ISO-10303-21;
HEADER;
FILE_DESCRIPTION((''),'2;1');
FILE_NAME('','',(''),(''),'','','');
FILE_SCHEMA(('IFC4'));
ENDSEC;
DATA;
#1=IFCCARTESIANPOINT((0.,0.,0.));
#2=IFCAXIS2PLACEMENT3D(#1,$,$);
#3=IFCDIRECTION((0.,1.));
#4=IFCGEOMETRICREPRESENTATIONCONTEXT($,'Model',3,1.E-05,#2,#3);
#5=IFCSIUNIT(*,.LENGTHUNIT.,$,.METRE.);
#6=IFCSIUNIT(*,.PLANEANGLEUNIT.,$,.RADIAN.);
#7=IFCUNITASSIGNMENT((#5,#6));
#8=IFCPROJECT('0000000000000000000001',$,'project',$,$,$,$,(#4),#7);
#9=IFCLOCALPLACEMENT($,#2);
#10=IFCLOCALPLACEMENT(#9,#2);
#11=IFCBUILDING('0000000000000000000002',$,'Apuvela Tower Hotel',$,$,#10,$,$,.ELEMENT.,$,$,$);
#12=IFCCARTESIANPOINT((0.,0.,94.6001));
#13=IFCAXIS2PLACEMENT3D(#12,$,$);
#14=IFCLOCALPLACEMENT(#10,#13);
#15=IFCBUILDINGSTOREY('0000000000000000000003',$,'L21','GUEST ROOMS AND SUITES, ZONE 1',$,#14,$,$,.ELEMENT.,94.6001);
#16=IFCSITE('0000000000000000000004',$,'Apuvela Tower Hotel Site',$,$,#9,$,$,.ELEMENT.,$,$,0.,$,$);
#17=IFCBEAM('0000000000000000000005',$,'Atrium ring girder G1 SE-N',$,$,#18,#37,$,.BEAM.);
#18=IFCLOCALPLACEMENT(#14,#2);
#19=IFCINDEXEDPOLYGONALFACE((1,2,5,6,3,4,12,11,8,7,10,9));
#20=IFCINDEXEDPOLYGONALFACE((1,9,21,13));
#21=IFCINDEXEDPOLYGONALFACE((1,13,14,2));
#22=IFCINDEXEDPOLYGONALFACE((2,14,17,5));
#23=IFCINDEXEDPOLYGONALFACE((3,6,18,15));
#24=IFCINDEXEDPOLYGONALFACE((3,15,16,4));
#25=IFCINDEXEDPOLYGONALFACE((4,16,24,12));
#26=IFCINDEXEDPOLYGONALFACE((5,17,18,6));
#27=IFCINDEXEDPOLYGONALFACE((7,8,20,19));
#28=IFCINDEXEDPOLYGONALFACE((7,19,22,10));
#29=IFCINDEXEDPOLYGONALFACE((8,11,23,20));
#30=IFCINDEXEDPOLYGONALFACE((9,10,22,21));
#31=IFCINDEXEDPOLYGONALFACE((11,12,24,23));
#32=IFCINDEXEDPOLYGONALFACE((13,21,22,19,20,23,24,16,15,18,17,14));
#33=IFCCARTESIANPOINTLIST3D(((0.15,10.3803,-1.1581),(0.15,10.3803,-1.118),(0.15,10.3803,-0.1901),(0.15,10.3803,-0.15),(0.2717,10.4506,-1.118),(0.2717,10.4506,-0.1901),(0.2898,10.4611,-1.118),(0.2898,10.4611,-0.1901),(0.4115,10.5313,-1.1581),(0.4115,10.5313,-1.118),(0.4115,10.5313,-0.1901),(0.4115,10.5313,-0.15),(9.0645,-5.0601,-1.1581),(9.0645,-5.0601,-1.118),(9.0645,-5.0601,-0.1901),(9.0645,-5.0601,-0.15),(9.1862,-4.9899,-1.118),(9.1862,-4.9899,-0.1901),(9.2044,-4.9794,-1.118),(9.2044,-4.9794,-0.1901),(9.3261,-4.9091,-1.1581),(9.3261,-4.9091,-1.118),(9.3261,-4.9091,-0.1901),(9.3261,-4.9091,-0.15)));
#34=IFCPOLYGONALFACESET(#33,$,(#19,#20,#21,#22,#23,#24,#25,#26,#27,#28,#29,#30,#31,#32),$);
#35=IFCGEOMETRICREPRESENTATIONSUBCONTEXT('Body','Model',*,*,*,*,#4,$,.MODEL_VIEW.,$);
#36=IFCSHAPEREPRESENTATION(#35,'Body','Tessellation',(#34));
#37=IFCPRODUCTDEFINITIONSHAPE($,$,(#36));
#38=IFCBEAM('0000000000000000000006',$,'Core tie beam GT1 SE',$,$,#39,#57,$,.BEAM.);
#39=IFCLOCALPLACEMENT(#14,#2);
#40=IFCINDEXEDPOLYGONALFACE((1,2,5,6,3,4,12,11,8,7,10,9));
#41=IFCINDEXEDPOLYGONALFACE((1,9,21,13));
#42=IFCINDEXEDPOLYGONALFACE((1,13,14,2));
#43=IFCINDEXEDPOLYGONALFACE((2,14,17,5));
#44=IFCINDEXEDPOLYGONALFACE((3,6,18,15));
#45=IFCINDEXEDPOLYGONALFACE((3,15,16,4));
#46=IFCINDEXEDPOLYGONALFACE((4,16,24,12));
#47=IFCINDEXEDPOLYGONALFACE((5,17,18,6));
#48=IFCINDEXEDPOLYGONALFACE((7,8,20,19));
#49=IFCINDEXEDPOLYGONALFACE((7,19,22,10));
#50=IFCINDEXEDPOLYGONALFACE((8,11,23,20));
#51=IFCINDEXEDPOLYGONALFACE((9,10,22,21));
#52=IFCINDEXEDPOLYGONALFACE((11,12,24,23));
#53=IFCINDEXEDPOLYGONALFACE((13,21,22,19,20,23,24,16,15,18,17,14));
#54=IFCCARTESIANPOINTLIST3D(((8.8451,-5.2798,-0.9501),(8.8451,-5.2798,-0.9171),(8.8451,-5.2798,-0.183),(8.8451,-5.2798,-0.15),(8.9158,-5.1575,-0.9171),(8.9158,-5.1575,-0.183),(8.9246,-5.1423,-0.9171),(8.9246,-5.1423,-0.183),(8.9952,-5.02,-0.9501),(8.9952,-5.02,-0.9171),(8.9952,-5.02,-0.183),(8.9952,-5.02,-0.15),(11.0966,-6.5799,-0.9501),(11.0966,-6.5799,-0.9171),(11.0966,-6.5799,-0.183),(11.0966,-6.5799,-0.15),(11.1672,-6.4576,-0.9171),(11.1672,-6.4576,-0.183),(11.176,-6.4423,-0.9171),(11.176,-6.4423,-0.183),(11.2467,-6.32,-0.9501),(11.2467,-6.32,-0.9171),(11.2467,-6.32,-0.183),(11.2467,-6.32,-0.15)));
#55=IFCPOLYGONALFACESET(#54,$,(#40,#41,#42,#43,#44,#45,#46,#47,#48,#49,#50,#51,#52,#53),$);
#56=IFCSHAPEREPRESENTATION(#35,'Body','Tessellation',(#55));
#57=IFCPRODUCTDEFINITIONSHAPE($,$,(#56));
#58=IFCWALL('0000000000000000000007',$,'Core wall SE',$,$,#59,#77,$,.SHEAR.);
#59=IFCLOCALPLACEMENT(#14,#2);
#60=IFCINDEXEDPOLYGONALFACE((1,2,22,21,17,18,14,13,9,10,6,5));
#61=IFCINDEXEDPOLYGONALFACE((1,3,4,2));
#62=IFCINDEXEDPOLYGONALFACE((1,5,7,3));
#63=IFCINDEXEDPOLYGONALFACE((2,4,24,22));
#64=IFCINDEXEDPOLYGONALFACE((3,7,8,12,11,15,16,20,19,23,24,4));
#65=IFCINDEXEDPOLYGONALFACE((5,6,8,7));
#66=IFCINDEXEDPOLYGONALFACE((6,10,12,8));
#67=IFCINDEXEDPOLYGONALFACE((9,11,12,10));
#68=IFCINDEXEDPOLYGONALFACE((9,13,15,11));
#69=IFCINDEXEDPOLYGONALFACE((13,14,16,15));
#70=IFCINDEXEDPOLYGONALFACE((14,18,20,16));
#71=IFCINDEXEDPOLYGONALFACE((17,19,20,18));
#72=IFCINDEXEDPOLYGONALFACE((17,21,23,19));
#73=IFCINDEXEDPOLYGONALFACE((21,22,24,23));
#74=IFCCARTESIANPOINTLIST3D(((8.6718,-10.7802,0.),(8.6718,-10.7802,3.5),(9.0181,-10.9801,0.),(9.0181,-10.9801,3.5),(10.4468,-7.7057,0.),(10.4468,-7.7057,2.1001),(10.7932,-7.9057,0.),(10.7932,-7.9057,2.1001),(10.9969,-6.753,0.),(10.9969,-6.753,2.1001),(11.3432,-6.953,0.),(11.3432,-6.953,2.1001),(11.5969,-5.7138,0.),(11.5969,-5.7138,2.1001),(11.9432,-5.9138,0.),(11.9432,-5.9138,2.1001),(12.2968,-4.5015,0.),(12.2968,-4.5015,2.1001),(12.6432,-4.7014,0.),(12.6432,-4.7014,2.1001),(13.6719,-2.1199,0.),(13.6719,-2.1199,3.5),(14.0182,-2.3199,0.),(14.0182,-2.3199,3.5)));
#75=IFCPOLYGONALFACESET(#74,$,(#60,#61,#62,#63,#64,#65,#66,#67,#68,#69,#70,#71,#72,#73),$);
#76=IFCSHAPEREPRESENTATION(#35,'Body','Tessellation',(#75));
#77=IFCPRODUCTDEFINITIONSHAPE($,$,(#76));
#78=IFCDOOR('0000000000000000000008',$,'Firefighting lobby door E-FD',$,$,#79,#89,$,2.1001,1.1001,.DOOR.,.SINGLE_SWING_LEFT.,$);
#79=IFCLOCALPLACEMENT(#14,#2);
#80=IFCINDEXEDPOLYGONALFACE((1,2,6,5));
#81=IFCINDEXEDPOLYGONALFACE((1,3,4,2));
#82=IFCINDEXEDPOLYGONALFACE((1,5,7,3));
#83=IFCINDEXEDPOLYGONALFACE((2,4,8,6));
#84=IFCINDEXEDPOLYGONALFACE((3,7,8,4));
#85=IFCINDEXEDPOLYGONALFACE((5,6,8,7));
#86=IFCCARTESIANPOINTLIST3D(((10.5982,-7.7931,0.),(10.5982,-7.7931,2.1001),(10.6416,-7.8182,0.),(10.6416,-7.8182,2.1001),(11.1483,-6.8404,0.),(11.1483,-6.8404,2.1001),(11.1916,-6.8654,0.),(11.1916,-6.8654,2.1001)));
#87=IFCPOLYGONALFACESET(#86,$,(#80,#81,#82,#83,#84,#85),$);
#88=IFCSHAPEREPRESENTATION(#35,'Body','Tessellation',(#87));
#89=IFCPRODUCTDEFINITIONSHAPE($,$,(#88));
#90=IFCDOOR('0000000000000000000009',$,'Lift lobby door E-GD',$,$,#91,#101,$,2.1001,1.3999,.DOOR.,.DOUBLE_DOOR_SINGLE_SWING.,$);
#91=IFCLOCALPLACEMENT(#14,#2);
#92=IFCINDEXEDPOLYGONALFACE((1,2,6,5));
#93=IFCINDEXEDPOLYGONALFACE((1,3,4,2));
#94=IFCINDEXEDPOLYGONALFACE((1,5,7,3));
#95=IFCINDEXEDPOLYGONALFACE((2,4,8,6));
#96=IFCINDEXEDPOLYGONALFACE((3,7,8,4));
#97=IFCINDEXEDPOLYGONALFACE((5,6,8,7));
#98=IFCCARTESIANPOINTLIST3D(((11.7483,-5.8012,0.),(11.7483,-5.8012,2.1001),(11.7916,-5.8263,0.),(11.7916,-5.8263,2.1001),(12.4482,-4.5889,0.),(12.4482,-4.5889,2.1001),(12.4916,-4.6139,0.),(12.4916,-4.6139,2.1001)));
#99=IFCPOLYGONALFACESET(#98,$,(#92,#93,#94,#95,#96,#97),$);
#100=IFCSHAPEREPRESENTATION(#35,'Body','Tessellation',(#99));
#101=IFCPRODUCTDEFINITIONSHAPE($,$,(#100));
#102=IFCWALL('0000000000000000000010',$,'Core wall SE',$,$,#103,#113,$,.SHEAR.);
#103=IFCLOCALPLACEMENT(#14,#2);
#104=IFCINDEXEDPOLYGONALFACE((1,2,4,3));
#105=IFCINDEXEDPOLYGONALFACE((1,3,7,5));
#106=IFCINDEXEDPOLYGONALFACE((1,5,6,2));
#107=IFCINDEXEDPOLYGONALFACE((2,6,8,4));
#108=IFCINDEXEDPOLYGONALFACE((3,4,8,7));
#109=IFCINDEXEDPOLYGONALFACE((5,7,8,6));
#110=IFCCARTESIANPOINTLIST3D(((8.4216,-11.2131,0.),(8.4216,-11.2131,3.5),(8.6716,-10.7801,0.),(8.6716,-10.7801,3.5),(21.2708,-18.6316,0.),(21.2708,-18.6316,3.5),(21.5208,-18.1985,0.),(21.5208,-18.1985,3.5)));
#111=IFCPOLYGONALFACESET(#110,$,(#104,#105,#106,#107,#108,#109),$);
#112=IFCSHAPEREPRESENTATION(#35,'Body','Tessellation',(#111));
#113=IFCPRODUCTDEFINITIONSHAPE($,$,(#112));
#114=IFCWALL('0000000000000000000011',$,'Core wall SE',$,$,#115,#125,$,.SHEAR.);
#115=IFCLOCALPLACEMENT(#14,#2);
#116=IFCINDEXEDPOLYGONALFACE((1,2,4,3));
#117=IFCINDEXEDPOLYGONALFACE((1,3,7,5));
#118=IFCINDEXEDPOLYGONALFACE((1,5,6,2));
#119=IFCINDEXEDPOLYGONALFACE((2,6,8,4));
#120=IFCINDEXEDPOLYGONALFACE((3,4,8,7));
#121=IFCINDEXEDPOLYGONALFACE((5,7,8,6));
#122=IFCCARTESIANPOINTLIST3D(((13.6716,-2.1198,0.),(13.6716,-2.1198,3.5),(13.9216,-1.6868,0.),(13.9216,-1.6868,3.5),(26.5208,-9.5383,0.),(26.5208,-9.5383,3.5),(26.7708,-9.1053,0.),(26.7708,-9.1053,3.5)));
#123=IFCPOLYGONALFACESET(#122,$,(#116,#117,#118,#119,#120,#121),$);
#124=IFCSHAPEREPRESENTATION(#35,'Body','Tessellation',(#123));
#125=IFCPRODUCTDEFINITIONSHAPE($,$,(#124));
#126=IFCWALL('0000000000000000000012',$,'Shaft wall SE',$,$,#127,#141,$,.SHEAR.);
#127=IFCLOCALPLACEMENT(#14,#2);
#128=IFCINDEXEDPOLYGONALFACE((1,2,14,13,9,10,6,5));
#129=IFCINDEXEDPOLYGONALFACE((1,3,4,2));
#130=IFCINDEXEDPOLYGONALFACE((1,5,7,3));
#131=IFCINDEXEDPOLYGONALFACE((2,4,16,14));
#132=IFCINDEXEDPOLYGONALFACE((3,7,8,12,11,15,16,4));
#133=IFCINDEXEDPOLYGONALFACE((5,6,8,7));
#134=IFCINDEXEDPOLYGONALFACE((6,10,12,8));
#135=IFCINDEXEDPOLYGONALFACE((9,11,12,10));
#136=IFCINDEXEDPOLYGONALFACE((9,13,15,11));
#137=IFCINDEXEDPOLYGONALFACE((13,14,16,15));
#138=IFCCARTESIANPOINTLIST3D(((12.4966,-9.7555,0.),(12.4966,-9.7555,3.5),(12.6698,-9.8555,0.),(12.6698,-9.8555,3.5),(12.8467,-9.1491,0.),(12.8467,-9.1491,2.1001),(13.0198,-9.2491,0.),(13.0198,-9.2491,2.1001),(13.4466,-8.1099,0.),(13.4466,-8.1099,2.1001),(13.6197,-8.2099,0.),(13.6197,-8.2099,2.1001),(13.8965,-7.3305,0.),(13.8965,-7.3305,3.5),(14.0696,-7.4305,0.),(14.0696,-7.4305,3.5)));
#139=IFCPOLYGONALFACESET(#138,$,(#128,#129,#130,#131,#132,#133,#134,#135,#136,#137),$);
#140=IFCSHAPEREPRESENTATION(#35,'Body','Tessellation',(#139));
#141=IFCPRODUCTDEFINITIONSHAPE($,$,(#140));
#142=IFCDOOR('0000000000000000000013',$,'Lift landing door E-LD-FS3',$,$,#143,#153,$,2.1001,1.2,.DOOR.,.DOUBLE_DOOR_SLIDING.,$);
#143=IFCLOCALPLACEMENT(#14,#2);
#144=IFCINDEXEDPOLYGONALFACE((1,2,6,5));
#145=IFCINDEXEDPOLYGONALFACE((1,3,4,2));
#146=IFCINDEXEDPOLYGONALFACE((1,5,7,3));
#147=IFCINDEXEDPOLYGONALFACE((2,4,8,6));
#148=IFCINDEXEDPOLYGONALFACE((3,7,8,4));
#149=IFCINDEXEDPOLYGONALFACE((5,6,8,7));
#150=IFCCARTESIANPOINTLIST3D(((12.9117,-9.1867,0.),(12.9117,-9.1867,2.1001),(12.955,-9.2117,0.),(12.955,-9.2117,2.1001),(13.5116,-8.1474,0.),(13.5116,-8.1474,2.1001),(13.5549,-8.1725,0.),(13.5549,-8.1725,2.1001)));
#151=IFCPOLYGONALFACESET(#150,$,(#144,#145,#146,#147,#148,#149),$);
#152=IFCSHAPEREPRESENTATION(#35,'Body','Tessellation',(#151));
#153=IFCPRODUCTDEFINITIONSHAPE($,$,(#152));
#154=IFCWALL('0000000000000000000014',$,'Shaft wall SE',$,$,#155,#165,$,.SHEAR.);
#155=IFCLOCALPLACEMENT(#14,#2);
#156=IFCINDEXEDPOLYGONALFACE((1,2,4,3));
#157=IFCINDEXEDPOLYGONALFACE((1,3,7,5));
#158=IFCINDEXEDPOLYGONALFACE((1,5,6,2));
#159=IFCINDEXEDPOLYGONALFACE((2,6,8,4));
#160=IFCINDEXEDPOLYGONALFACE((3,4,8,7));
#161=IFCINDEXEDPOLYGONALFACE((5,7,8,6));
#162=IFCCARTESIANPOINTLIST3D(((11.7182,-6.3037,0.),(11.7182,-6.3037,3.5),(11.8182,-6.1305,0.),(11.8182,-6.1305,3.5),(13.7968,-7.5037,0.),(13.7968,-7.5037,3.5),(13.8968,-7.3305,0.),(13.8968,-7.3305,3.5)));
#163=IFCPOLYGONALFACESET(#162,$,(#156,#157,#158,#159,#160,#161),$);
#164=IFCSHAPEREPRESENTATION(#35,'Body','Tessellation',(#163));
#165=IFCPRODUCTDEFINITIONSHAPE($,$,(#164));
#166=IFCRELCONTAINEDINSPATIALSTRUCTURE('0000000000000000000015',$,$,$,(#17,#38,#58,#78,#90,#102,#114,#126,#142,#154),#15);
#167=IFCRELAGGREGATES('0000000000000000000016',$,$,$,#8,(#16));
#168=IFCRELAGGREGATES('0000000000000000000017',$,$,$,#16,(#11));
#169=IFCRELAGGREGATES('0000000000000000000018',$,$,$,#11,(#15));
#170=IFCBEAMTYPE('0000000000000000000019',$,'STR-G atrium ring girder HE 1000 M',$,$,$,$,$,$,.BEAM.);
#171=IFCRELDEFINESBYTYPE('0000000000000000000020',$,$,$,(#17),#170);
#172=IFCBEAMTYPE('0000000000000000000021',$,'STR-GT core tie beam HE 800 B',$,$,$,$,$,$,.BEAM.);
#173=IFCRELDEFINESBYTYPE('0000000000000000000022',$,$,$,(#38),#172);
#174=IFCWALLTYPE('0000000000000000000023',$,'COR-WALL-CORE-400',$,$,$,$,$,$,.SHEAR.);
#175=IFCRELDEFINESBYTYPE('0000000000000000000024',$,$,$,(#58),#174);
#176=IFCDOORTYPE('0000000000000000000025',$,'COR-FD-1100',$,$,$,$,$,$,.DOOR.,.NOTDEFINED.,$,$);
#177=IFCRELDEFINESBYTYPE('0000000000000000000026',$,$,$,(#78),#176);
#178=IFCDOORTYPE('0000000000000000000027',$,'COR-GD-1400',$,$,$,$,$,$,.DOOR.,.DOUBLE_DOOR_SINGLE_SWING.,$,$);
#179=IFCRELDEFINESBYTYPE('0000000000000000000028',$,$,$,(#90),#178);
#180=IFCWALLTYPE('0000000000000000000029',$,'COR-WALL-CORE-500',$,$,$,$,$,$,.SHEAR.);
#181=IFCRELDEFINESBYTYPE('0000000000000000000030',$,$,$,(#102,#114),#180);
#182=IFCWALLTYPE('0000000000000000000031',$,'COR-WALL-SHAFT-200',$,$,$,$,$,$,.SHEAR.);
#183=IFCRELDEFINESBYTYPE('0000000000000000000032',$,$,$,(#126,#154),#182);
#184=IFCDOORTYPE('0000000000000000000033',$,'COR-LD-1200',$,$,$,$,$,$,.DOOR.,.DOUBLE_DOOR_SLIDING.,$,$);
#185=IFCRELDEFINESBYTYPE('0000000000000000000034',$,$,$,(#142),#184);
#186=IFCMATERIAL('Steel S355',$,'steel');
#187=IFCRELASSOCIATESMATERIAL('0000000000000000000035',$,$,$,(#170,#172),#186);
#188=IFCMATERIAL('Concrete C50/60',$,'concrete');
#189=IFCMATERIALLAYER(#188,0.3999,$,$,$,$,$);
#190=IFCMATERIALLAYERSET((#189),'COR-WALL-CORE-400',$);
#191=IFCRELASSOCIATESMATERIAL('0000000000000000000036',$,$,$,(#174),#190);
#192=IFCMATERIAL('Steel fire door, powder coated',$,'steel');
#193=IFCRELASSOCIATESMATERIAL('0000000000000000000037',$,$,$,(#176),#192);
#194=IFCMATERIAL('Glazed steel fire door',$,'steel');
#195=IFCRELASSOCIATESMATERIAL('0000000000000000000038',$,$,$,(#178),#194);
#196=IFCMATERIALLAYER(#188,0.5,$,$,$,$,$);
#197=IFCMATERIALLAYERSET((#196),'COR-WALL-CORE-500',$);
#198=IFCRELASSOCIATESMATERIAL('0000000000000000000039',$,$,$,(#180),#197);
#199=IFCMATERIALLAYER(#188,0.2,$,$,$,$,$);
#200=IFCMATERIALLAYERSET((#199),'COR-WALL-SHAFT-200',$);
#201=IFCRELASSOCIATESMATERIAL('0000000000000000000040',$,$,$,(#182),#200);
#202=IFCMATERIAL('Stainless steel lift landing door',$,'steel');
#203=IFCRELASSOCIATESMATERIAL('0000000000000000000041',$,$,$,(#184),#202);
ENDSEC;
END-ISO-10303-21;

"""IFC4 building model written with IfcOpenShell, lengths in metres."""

from ifc_helpers import new_model, si_unit, direction, frame, frame_2d, origin, origin_2d, place, context, subcontext, project, spatial, rectangle, i_section, extrude, material, layer, layer_set, material_profile, profile_set, type_object, element, fill, save


model = new_model("IFC4")

# Units and contexts
model_context = context("Model", 3, precision=1e-05, world=origin(), true_north=direction((0.0, 1.0)))
body_context = subcontext(model_context, "Body", "Model", "MODEL_VIEW")
ifc_project = project(units=[si_unit("LENGTHUNIT", "METRE"), si_unit("PLANEANGLEUNIT", "RADIAN")], contexts=[model_context])

# Site, building, storey
site_placement = place(None, origin())
site = spatial("IfcSite", under=ifc_project, at=site_placement, Name="Apuvela Tower Hotel Site", CompositionType="ELEMENT", RefElevation=0.0)
building_placement = place(site_placement, origin())
building = spatial("IfcBuilding", under=site, at=building_placement, Name="Apuvela Tower Hotel", CompositionType="ELEMENT")
storey_placement = place(building_placement, frame((0.0, 0.0, 94.6001)))
storey = spatial("IfcBuildingStorey", under=building, at=storey_placement, Name="L21", Description="GUEST ROOMS AND SUITES, ZONE 1", CompositionType="ELEMENT", Elevation=94.6001)

# Beams
ifc_material_1 = material(Name="Steel S355", Category="steel")
ifc_material_profile_1 = material_profile(ifc_material_1, i_section(OverallWidth=0.302, OverallDepth=1.0081, WebThickness=0.021, FlangeThickness=0.04, at=origin_2d()), Name="HE 1000 M")
ifc_profile_set_1 = profile_set([ifc_material_profile_1], Name="Steel S355")
beam_type_1 = type_object("IfcBeamType", Name="STR-G atrium ring girder HE 1000 M", PredefinedType="BEAM", material=ifc_profile_set_1)
beam_1_placement = place(storey_placement, frame((9.1953, -4.9846, -0.6541), z_axis=(-0.500001, 0.866025, 0.0), x_axis=(-0.866025, -0.500001, 0.0)))
element("IfcBeam", 1, at=beam_1_placement, inside=storey, type_object=beam_type_1, Name="Atrium ring girder G1 SE-N", PredefinedType="BEAM", context=body_context, shape_type="SweptSolid", body=[
    extrude(i_section(OverallWidth=0.302, OverallDepth=1.0081, WebThickness=0.021, FlangeThickness=0.04, at=origin_2d()), origin(), (0.0, 0.0, 1.0), 17.8291),
])
ifc_material_profile_2 = material_profile(ifc_material_1, i_section(OverallWidth=0.3, OverallDepth=0.8, WebThickness=0.0176, FlangeThickness=0.033, at=origin_2d()), Name="HE 800 B")
ifc_profile_set_2 = profile_set([ifc_material_profile_2], Name="Steel S355")
beam_type_2 = type_object("IfcBeamType", Name="STR-GT core tie beam HE 800 B", PredefinedType="BEAM", material=ifc_profile_set_2)
beam_2_placement = place(storey_placement, frame((11.1716, -6.45, -0.55), z_axis=(-0.865998, 0.500048, 0.0), x_axis=(-0.500048, -0.865998, 0.0)))
element("IfcBeam", 2, at=beam_2_placement, inside=storey, type_object=beam_type_2, Name="Core tie beam GT1 SE", PredefinedType="BEAM", context=body_context, shape_type="SweptSolid", body=[
    extrude(i_section(OverallWidth=0.3, OverallDepth=0.8, WebThickness=0.0176, FlangeThickness=0.033, at=origin_2d()), origin(), (0.0, 0.0, 1.0), 2.5999),
])

# Wall, openings, doors
ifc_material_2 = material(Name="Concrete C50/60", Category="concrete")
ifc_layer_1 = layer(ifc_material_2, 0.3999)
ifc_layer_set_1 = layer_set([ifc_layer_1], Name="COR-WALL-CORE-400")
wall_type_1 = type_object("IfcWallType", Name="COR-WALL-CORE-400", PredefinedType="SHEAR", material=ifc_layer_set_1)
wall_1_placement = place(storey_placement, frame((8.845, -10.8801, 0.0), z_axis=(0.0, 0.0, 1.0), x_axis=(0.500004, 0.866023, 0.0)))
wall_1 = element("IfcWall", 3, at=wall_1_placement, inside=storey, type_object=wall_type_1, Name="Core wall SE", PredefinedType="SHEAR", context=body_context, shape_type="SweptSolid", body=[
    extrude(rectangle(XDim=10.0, YDim=0.3999, at=frame_2d((5.0, 0.0))), origin(), (0.0, 0.0, 1.0), 3.5),
])
opening_1_placement = place(wall_1_placement, frame((3.55, 0.0, 0.0)))
opening_1 = element("IfcOpeningElement", 4, at=opening_1_placement, cuts=wall_1, PredefinedType="OPENING", context=body_context, shape_type="SweptSolid", body=[
    extrude(rectangle(XDim=1.1001, YDim=2.1001, at=frame_2d((0.55, 1.05))), frame((0.0, 0.21, 0.0), z_axis=(0.0, -1.0, 0.0), x_axis=(1.0, 0.0, 0.0)), (0.0, 0.0, 1.0), 0.4199),
])
opening_2_placement = place(wall_1_placement, frame((5.8501, 0.0, 0.0)))
opening_2 = element("IfcOpeningElement", 5, at=opening_2_placement, cuts=wall_1, PredefinedType="OPENING", context=body_context, shape_type="SweptSolid", body=[
    extrude(rectangle(XDim=1.3999, YDim=2.1001, at=frame_2d((0.7, 1.05))), frame((0.0, 0.21, 0.0), z_axis=(0.0, -1.0, 0.0), x_axis=(1.0, 0.0, 0.0)), (0.0, 0.0, 1.0), 0.4199),
])
ifc_material_3 = material(Name="Steel fire door, powder coated", Category="steel")
door_type_1 = type_object("IfcDoorType", Name="COR-FD-1100", OperationType="NOTDEFINED", PredefinedType="DOOR", material=ifc_material_3)
door_1_placement = place(opening_1_placement, frame((1.1001, 0.0, 0.0), z_axis=(0.0, 0.0, 1.0), x_axis=(-1.0, 0.0, 0.0)))
door_1 = element("IfcDoor", 6, at=door_1_placement, inside=storey, type_object=door_type_1, Name="Firefighting lobby door E-FD", OperationType="SINGLE_SWING_LEFT", OverallHeight=2.1001, OverallWidth=1.1001, PredefinedType="DOOR", context=body_context, shape_type="SweptSolid", body=[
    extrude(rectangle(XDim=1.1001, YDim=2.1001, at=frame_2d((0.55, 1.05))), frame((0.0, 0.0249, 0.0), z_axis=(0.0, -1.0, 0.0), x_axis=(1.0, 0.0, 0.0)), (0.0, 0.0, 1.0), 0.05),
])
fill(opening_1, door_1)
ifc_material_4 = material(Name="Glazed steel fire door", Category="steel")
door_type_2 = type_object("IfcDoorType", Name="COR-GD-1400", OperationType="DOUBLE_DOOR_SINGLE_SWING", PredefinedType="DOOR", material=ifc_material_4)
door_2_placement = place(opening_2_placement, frame((1.3999, 0.0, 0.0), z_axis=(0.0, 0.0, 1.0), x_axis=(-1.0, 0.0, 0.0)))
door_2 = element("IfcDoor", 7, at=door_2_placement, inside=storey, type_object=door_type_2, Name="Lift lobby door E-GD", OperationType="DOUBLE_DOOR_SINGLE_SWING", OverallHeight=2.1001, OverallWidth=1.3999, PredefinedType="DOOR", context=body_context, shape_type="SweptSolid", body=[
    extrude(rectangle(XDim=1.3999, YDim=2.1001, at=frame_2d((0.7, 1.05))), frame((0.0, 0.0249, 0.0), z_axis=(0.0, -1.0, 0.0), x_axis=(1.0, 0.0, 0.0)), (0.0, 0.0, 1.0), 0.05),
])
fill(opening_2, door_2)

# Walls
ifc_layer_2 = layer(ifc_material_2, 0.5)
ifc_layer_set_2 = layer_set([ifc_layer_2], Name="COR-WALL-CORE-500")
wall_type_2 = type_object("IfcWallType", Name="COR-WALL-CORE-500", PredefinedType="SHEAR", material=ifc_layer_set_2)
for number, where, z_axis, x_axis, name in (
    (8, (8.5466, -10.9966, 0.0), (0.0, 0.0, 1.0), (0.866025, -0.500001, 0.0), "Core wall SE"),
    (9, (13.7966, -1.9033, 0.0), (0.0, 0.0, 1.0), (0.866025, -0.500001, 0.0), "Core wall SE"),
):
    element("IfcWall", number, at=place(storey_placement, frame(where, z_axis=z_axis, x_axis=x_axis)), inside=storey, type_object=wall_type_2, Name=name, PredefinedType="SHEAR", context=body_context, shape_type="SweptSolid", body=[
        extrude(rectangle(XDim=14.8369, YDim=0.5, at=frame_2d((7.4185, 0.0))), origin(), (0.0, 0.0, 1.0), 3.5),
    ])

# Wall, opening, door
ifc_layer_3 = layer(ifc_material_2, 0.2)
ifc_layer_set_3 = layer_set([ifc_layer_3], Name="COR-WALL-SHAFT-200")
wall_type_3 = type_object("IfcWallType", Name="COR-WALL-SHAFT-200", PredefinedType="SHEAR", material=ifc_layer_set_3)
wall_2_placement = place(storey_placement, frame((12.5833, -9.8054, 0.0), z_axis=(0.0, 0.0, 1.0), x_axis=(0.499946, 0.866056, 0.0)))
wall_2 = element("IfcWall", 10, at=wall_2_placement, inside=storey, type_object=wall_type_3, Name="Shaft wall SE", PredefinedType="SHEAR", context=body_context, shape_type="SweptSolid", body=[
    extrude(rectangle(XDim=2.8, YDim=0.2, at=frame_2d((1.3999, 0.0))), origin(), (0.0, 0.0, 1.0), 3.5),
])
opening_3_placement = place(wall_2_placement, frame((0.7, 0.0, 0.0)))
opening_3 = element("IfcOpeningElement", 11, at=opening_3_placement, cuts=wall_2, PredefinedType="OPENING", context=body_context, shape_type="SweptSolid", body=[
    extrude(rectangle(XDim=1.2, YDim=2.1001, at=frame_2d((0.6001, 1.05))), frame((0.0, 0.1099, 0.0), z_axis=(0.0, -1.0, 0.0), x_axis=(1.0, 0.0, 0.0)), (0.0, 0.0, 1.0), 0.22),
])
ifc_material_5 = material(Name="Stainless steel lift landing door", Category="steel")
door_type_3 = type_object("IfcDoorType", Name="COR-LD-1200", OperationType="DOUBLE_DOOR_SLIDING", PredefinedType="DOOR", material=ifc_material_5)
door_3_placement = place(opening_3_placement, origin())
door_3 = element("IfcDoor", 12, at=door_3_placement, inside=storey, type_object=door_type_3, Name="Lift landing door E-LD-FS3", OperationType="DOUBLE_DOOR_SLIDING", OverallHeight=2.1001, OverallWidth=1.2, PredefinedType="DOOR", context=body_context, shape_type="SweptSolid", body=[
    extrude(rectangle(XDim=1.2, YDim=2.1001, at=frame_2d((0.6001, 1.05))), frame((0.0, 0.0249, 0.0), z_axis=(0.0, -1.0, 0.0), x_axis=(1.0, 0.0, 0.0)), (0.0, 0.0, 1.0), 0.05),
])
fill(opening_3, door_3)

# Wall
wall_3_placement = place(storey_placement, frame((11.7681, -6.217, 0.0), z_axis=(0.0, 0.0, 1.0), x_axis=(0.86605, -0.499957, 0.0)))
element("IfcWall", 13, at=wall_3_placement, inside=storey, type_object=wall_type_3, Name="Shaft wall SE", PredefinedType="SHEAR", context=body_context, shape_type="SweptSolid", body=[
    extrude(rectangle(XDim=2.4001, YDim=0.2, at=frame_2d((1.2002, 0.0))), origin(), (0.0, 0.0, 1.0), 3.5),
])

save(model, "model.ifc")
